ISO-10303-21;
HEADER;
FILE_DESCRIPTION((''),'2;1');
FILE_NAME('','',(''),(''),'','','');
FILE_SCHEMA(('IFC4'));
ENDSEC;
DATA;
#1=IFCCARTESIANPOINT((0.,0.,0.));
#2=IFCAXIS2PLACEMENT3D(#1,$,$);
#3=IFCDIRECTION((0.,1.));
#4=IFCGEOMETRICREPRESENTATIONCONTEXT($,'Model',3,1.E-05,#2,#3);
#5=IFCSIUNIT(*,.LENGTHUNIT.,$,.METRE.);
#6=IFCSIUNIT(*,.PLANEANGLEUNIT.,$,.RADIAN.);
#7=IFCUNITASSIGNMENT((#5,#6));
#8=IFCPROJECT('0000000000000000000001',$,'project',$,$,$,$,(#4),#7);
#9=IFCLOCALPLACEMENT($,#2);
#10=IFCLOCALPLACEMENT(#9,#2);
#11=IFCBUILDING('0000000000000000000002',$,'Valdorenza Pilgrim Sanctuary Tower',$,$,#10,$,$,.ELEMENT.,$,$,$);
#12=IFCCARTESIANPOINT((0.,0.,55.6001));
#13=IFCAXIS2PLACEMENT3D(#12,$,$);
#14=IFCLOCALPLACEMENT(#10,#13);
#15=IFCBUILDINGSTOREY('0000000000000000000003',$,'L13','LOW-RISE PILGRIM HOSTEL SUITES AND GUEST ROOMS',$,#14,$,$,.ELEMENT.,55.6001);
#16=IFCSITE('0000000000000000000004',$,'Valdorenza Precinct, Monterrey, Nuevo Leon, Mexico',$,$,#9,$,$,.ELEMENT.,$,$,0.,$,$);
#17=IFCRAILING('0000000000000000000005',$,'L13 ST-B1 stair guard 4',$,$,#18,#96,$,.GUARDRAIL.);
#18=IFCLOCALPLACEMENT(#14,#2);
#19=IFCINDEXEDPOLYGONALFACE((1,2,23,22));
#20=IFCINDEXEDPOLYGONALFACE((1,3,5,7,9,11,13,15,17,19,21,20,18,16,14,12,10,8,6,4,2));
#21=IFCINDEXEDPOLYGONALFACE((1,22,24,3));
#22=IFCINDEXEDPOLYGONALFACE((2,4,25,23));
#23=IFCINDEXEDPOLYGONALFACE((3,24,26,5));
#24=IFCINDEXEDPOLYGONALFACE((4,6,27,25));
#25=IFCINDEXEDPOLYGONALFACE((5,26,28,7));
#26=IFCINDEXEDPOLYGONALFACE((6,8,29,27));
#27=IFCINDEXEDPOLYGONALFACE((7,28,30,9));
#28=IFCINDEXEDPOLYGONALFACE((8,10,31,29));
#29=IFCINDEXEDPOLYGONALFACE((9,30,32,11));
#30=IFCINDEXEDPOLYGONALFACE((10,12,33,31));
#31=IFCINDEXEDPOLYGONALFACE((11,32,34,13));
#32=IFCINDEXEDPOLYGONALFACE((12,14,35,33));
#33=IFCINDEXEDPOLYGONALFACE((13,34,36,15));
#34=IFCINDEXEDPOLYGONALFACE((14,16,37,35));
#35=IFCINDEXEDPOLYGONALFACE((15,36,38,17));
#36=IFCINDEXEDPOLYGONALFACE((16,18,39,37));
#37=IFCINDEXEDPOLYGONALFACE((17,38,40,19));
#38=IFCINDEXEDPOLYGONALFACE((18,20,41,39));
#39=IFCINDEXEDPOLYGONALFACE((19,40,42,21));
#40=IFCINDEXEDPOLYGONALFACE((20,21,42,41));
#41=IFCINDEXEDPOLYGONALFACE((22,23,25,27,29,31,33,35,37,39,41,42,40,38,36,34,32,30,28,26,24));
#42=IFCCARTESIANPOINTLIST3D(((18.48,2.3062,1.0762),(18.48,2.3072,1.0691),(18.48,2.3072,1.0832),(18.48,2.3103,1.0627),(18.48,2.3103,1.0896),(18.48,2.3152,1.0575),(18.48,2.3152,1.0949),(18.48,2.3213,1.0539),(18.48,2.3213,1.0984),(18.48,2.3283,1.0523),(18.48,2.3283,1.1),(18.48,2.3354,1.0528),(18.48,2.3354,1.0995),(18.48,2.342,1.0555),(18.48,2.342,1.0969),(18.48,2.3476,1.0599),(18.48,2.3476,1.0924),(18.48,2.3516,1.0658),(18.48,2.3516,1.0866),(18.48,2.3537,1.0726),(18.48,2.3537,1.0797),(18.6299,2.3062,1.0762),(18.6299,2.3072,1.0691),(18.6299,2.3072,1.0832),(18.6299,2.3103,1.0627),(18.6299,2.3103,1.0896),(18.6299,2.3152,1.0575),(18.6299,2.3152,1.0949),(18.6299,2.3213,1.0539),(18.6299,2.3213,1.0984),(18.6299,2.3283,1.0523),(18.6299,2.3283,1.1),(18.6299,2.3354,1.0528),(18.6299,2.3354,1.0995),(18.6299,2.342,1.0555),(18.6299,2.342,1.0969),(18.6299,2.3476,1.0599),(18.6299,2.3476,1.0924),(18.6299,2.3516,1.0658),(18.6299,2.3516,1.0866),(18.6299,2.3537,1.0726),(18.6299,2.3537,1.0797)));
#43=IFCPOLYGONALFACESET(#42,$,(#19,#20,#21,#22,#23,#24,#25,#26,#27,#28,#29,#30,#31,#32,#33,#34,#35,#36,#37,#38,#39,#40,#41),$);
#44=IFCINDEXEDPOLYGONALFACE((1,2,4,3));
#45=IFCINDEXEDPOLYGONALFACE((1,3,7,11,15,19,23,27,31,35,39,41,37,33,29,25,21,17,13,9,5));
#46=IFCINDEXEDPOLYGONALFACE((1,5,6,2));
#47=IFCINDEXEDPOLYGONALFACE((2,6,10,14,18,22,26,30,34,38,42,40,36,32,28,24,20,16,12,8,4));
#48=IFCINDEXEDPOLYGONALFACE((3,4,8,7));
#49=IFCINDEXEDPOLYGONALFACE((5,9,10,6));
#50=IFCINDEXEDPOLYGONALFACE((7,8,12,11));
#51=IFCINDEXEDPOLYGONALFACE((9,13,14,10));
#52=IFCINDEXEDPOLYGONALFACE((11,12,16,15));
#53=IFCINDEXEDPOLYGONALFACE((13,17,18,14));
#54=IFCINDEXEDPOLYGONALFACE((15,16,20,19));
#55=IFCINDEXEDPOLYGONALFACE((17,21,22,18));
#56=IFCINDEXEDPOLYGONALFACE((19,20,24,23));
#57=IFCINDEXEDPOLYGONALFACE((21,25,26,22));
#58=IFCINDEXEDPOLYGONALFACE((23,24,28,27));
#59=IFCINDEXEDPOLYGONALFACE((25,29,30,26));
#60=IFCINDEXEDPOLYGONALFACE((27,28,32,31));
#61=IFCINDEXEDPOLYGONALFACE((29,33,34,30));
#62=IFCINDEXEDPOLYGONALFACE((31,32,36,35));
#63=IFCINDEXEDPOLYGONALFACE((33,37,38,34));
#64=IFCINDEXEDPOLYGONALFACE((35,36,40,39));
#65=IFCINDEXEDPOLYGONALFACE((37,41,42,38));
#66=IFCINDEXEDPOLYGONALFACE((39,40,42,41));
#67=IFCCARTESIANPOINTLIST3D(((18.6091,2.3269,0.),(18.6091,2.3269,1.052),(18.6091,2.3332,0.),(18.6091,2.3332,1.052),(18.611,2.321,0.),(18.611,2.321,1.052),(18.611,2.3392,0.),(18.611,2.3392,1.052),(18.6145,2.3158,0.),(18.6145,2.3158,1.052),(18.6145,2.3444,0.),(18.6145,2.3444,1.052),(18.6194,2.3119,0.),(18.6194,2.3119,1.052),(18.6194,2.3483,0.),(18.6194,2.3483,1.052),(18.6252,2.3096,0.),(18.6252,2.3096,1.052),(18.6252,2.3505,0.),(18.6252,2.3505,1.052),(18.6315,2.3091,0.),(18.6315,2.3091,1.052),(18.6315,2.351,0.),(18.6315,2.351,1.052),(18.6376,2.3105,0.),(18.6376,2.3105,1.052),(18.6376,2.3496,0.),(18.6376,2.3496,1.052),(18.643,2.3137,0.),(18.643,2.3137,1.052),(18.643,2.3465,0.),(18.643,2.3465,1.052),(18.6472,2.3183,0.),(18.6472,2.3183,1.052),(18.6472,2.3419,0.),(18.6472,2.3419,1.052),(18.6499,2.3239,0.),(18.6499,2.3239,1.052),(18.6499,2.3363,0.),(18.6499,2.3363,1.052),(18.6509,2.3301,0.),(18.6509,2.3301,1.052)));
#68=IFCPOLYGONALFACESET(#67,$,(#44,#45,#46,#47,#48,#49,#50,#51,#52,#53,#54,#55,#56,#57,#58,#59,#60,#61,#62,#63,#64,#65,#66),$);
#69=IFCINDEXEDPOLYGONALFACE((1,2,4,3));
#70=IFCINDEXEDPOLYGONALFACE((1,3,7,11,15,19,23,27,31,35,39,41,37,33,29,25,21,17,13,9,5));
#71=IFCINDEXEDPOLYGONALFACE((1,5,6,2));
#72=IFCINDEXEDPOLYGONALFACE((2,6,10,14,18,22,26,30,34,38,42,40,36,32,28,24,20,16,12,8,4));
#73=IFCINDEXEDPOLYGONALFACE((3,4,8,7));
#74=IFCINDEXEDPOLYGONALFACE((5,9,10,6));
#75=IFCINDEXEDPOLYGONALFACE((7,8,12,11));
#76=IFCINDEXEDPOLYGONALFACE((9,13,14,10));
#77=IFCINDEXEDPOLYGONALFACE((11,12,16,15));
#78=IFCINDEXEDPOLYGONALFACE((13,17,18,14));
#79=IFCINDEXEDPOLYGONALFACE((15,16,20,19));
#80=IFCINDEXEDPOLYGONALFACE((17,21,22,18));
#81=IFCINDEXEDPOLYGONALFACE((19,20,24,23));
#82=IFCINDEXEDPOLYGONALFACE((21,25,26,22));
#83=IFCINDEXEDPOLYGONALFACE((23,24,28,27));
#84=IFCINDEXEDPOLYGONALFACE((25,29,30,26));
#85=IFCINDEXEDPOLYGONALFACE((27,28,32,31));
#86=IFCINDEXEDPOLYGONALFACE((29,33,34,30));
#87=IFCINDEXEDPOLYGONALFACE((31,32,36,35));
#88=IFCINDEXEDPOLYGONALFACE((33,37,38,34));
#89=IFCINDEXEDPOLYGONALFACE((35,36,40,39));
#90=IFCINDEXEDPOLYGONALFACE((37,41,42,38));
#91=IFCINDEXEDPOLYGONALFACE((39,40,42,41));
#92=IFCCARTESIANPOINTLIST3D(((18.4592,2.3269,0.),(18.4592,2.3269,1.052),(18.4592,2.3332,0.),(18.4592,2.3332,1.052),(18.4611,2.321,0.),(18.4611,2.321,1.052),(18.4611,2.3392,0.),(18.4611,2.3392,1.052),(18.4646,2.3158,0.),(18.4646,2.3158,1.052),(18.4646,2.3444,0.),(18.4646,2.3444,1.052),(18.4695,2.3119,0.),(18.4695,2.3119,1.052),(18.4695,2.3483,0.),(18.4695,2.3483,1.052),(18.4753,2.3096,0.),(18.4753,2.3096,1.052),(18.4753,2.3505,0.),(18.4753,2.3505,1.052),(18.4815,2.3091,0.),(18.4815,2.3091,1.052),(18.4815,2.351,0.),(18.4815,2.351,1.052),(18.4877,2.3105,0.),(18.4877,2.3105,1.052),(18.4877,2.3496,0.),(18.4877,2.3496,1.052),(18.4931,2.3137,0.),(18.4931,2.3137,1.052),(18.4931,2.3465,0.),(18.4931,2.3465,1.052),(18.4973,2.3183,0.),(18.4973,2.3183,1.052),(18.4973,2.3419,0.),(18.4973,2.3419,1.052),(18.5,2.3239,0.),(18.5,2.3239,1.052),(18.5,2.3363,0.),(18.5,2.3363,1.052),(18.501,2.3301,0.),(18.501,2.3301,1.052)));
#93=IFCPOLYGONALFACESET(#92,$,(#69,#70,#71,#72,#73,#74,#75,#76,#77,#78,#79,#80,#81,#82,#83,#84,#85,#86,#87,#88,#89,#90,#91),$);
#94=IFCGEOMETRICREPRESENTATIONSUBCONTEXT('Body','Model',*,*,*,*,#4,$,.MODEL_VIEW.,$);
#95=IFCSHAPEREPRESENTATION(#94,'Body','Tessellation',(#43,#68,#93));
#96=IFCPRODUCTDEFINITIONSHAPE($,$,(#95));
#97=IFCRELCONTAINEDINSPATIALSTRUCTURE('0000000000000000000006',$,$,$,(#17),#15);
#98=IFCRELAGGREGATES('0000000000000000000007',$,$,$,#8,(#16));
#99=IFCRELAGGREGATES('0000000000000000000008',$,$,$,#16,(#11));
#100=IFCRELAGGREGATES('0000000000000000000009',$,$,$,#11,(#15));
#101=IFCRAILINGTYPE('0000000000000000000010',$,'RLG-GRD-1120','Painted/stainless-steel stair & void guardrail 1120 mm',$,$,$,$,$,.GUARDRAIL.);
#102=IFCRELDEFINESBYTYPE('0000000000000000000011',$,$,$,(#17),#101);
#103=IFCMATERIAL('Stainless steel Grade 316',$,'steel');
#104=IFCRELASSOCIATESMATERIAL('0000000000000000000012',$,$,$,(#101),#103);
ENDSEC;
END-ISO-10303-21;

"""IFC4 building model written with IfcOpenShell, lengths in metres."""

from ifc_helpers import new_model, si_unit, direction, frame, origin, origin_2d, place, context, subcontext, project, spatial, circle, extrude, material, type_object, element, save


model = new_model("IFC4")

# Units and contexts
model_context = context("Model", 3, precision=1e-05, world=origin(), true_north=direction((0.0, 1.0)))
body_context = subcontext(model_context, "Body", "Model", "MODEL_VIEW")
ifc_project = project(units=[si_unit("LENGTHUNIT", "METRE"), si_unit("PLANEANGLEUNIT", "RADIAN")], contexts=[model_context])

# Site, building, storey
site_placement = place(None, origin())
site = spatial("IfcSite", under=ifc_project, at=site_placement, Name="Valdorenza Precinct, Monterrey, Nuevo Leon, Mexico", CompositionType="ELEMENT", RefElevation=0.0)
building_placement = place(site_placement, origin())
building = spatial("IfcBuilding", under=site, at=building_placement, Name="Valdorenza Pilgrim Sanctuary Tower", CompositionType="ELEMENT")
storey_placement = place(building_placement, frame((0.0, 0.0, 55.6001)))
storey = spatial("IfcBuildingStorey", under=building, at=storey_placement, Name="L13", Description="LOW-RISE PILGRIM HOSTEL SUITES AND GUEST ROOMS", CompositionType="ELEMENT", Elevation=55.6001)

# Railing
ifc_material_1 = material(Name="Stainless steel Grade 316", Category="steel")
railing_type_1 = type_object("IfcRailingType", Name="RLG-GRD-1120", Description="Painted/stainless-steel stair & void guardrail 1120 mm", PredefinedType="GUARDRAIL", material=ifc_material_1)
railing_1_placement = place(storey_placement, frame((18.6299, 2.3301, 0.0)))
element("IfcRailing", 1, at=railing_1_placement, inside=storey, type_object=railing_type_1, Name="L13 ST-B1 stair guard 4", PredefinedType="GUARDRAIL", context=body_context, shape_type="SweptSolid", body=[
    extrude(circle(Radius=0.0239, at=origin_2d()), frame((0.0, 0.0, 1.0762), z_axis=(-1.0, 0.0, 0.0), x_axis=(0.0, -1.0, 0.0)), (0.0, 0.0, 1.0), 0.1499),
    extrude(circle(Radius=0.021, at=origin_2d()), origin(), (0.0, 0.0, 1.0), 1.052),
    extrude(circle(Radius=0.021, at=origin_2d()), frame((-0.1499, 0.0, 0.0)), (0.0, 0.0, 1.0), 1.052),
])

save(model, "model.ifc")
